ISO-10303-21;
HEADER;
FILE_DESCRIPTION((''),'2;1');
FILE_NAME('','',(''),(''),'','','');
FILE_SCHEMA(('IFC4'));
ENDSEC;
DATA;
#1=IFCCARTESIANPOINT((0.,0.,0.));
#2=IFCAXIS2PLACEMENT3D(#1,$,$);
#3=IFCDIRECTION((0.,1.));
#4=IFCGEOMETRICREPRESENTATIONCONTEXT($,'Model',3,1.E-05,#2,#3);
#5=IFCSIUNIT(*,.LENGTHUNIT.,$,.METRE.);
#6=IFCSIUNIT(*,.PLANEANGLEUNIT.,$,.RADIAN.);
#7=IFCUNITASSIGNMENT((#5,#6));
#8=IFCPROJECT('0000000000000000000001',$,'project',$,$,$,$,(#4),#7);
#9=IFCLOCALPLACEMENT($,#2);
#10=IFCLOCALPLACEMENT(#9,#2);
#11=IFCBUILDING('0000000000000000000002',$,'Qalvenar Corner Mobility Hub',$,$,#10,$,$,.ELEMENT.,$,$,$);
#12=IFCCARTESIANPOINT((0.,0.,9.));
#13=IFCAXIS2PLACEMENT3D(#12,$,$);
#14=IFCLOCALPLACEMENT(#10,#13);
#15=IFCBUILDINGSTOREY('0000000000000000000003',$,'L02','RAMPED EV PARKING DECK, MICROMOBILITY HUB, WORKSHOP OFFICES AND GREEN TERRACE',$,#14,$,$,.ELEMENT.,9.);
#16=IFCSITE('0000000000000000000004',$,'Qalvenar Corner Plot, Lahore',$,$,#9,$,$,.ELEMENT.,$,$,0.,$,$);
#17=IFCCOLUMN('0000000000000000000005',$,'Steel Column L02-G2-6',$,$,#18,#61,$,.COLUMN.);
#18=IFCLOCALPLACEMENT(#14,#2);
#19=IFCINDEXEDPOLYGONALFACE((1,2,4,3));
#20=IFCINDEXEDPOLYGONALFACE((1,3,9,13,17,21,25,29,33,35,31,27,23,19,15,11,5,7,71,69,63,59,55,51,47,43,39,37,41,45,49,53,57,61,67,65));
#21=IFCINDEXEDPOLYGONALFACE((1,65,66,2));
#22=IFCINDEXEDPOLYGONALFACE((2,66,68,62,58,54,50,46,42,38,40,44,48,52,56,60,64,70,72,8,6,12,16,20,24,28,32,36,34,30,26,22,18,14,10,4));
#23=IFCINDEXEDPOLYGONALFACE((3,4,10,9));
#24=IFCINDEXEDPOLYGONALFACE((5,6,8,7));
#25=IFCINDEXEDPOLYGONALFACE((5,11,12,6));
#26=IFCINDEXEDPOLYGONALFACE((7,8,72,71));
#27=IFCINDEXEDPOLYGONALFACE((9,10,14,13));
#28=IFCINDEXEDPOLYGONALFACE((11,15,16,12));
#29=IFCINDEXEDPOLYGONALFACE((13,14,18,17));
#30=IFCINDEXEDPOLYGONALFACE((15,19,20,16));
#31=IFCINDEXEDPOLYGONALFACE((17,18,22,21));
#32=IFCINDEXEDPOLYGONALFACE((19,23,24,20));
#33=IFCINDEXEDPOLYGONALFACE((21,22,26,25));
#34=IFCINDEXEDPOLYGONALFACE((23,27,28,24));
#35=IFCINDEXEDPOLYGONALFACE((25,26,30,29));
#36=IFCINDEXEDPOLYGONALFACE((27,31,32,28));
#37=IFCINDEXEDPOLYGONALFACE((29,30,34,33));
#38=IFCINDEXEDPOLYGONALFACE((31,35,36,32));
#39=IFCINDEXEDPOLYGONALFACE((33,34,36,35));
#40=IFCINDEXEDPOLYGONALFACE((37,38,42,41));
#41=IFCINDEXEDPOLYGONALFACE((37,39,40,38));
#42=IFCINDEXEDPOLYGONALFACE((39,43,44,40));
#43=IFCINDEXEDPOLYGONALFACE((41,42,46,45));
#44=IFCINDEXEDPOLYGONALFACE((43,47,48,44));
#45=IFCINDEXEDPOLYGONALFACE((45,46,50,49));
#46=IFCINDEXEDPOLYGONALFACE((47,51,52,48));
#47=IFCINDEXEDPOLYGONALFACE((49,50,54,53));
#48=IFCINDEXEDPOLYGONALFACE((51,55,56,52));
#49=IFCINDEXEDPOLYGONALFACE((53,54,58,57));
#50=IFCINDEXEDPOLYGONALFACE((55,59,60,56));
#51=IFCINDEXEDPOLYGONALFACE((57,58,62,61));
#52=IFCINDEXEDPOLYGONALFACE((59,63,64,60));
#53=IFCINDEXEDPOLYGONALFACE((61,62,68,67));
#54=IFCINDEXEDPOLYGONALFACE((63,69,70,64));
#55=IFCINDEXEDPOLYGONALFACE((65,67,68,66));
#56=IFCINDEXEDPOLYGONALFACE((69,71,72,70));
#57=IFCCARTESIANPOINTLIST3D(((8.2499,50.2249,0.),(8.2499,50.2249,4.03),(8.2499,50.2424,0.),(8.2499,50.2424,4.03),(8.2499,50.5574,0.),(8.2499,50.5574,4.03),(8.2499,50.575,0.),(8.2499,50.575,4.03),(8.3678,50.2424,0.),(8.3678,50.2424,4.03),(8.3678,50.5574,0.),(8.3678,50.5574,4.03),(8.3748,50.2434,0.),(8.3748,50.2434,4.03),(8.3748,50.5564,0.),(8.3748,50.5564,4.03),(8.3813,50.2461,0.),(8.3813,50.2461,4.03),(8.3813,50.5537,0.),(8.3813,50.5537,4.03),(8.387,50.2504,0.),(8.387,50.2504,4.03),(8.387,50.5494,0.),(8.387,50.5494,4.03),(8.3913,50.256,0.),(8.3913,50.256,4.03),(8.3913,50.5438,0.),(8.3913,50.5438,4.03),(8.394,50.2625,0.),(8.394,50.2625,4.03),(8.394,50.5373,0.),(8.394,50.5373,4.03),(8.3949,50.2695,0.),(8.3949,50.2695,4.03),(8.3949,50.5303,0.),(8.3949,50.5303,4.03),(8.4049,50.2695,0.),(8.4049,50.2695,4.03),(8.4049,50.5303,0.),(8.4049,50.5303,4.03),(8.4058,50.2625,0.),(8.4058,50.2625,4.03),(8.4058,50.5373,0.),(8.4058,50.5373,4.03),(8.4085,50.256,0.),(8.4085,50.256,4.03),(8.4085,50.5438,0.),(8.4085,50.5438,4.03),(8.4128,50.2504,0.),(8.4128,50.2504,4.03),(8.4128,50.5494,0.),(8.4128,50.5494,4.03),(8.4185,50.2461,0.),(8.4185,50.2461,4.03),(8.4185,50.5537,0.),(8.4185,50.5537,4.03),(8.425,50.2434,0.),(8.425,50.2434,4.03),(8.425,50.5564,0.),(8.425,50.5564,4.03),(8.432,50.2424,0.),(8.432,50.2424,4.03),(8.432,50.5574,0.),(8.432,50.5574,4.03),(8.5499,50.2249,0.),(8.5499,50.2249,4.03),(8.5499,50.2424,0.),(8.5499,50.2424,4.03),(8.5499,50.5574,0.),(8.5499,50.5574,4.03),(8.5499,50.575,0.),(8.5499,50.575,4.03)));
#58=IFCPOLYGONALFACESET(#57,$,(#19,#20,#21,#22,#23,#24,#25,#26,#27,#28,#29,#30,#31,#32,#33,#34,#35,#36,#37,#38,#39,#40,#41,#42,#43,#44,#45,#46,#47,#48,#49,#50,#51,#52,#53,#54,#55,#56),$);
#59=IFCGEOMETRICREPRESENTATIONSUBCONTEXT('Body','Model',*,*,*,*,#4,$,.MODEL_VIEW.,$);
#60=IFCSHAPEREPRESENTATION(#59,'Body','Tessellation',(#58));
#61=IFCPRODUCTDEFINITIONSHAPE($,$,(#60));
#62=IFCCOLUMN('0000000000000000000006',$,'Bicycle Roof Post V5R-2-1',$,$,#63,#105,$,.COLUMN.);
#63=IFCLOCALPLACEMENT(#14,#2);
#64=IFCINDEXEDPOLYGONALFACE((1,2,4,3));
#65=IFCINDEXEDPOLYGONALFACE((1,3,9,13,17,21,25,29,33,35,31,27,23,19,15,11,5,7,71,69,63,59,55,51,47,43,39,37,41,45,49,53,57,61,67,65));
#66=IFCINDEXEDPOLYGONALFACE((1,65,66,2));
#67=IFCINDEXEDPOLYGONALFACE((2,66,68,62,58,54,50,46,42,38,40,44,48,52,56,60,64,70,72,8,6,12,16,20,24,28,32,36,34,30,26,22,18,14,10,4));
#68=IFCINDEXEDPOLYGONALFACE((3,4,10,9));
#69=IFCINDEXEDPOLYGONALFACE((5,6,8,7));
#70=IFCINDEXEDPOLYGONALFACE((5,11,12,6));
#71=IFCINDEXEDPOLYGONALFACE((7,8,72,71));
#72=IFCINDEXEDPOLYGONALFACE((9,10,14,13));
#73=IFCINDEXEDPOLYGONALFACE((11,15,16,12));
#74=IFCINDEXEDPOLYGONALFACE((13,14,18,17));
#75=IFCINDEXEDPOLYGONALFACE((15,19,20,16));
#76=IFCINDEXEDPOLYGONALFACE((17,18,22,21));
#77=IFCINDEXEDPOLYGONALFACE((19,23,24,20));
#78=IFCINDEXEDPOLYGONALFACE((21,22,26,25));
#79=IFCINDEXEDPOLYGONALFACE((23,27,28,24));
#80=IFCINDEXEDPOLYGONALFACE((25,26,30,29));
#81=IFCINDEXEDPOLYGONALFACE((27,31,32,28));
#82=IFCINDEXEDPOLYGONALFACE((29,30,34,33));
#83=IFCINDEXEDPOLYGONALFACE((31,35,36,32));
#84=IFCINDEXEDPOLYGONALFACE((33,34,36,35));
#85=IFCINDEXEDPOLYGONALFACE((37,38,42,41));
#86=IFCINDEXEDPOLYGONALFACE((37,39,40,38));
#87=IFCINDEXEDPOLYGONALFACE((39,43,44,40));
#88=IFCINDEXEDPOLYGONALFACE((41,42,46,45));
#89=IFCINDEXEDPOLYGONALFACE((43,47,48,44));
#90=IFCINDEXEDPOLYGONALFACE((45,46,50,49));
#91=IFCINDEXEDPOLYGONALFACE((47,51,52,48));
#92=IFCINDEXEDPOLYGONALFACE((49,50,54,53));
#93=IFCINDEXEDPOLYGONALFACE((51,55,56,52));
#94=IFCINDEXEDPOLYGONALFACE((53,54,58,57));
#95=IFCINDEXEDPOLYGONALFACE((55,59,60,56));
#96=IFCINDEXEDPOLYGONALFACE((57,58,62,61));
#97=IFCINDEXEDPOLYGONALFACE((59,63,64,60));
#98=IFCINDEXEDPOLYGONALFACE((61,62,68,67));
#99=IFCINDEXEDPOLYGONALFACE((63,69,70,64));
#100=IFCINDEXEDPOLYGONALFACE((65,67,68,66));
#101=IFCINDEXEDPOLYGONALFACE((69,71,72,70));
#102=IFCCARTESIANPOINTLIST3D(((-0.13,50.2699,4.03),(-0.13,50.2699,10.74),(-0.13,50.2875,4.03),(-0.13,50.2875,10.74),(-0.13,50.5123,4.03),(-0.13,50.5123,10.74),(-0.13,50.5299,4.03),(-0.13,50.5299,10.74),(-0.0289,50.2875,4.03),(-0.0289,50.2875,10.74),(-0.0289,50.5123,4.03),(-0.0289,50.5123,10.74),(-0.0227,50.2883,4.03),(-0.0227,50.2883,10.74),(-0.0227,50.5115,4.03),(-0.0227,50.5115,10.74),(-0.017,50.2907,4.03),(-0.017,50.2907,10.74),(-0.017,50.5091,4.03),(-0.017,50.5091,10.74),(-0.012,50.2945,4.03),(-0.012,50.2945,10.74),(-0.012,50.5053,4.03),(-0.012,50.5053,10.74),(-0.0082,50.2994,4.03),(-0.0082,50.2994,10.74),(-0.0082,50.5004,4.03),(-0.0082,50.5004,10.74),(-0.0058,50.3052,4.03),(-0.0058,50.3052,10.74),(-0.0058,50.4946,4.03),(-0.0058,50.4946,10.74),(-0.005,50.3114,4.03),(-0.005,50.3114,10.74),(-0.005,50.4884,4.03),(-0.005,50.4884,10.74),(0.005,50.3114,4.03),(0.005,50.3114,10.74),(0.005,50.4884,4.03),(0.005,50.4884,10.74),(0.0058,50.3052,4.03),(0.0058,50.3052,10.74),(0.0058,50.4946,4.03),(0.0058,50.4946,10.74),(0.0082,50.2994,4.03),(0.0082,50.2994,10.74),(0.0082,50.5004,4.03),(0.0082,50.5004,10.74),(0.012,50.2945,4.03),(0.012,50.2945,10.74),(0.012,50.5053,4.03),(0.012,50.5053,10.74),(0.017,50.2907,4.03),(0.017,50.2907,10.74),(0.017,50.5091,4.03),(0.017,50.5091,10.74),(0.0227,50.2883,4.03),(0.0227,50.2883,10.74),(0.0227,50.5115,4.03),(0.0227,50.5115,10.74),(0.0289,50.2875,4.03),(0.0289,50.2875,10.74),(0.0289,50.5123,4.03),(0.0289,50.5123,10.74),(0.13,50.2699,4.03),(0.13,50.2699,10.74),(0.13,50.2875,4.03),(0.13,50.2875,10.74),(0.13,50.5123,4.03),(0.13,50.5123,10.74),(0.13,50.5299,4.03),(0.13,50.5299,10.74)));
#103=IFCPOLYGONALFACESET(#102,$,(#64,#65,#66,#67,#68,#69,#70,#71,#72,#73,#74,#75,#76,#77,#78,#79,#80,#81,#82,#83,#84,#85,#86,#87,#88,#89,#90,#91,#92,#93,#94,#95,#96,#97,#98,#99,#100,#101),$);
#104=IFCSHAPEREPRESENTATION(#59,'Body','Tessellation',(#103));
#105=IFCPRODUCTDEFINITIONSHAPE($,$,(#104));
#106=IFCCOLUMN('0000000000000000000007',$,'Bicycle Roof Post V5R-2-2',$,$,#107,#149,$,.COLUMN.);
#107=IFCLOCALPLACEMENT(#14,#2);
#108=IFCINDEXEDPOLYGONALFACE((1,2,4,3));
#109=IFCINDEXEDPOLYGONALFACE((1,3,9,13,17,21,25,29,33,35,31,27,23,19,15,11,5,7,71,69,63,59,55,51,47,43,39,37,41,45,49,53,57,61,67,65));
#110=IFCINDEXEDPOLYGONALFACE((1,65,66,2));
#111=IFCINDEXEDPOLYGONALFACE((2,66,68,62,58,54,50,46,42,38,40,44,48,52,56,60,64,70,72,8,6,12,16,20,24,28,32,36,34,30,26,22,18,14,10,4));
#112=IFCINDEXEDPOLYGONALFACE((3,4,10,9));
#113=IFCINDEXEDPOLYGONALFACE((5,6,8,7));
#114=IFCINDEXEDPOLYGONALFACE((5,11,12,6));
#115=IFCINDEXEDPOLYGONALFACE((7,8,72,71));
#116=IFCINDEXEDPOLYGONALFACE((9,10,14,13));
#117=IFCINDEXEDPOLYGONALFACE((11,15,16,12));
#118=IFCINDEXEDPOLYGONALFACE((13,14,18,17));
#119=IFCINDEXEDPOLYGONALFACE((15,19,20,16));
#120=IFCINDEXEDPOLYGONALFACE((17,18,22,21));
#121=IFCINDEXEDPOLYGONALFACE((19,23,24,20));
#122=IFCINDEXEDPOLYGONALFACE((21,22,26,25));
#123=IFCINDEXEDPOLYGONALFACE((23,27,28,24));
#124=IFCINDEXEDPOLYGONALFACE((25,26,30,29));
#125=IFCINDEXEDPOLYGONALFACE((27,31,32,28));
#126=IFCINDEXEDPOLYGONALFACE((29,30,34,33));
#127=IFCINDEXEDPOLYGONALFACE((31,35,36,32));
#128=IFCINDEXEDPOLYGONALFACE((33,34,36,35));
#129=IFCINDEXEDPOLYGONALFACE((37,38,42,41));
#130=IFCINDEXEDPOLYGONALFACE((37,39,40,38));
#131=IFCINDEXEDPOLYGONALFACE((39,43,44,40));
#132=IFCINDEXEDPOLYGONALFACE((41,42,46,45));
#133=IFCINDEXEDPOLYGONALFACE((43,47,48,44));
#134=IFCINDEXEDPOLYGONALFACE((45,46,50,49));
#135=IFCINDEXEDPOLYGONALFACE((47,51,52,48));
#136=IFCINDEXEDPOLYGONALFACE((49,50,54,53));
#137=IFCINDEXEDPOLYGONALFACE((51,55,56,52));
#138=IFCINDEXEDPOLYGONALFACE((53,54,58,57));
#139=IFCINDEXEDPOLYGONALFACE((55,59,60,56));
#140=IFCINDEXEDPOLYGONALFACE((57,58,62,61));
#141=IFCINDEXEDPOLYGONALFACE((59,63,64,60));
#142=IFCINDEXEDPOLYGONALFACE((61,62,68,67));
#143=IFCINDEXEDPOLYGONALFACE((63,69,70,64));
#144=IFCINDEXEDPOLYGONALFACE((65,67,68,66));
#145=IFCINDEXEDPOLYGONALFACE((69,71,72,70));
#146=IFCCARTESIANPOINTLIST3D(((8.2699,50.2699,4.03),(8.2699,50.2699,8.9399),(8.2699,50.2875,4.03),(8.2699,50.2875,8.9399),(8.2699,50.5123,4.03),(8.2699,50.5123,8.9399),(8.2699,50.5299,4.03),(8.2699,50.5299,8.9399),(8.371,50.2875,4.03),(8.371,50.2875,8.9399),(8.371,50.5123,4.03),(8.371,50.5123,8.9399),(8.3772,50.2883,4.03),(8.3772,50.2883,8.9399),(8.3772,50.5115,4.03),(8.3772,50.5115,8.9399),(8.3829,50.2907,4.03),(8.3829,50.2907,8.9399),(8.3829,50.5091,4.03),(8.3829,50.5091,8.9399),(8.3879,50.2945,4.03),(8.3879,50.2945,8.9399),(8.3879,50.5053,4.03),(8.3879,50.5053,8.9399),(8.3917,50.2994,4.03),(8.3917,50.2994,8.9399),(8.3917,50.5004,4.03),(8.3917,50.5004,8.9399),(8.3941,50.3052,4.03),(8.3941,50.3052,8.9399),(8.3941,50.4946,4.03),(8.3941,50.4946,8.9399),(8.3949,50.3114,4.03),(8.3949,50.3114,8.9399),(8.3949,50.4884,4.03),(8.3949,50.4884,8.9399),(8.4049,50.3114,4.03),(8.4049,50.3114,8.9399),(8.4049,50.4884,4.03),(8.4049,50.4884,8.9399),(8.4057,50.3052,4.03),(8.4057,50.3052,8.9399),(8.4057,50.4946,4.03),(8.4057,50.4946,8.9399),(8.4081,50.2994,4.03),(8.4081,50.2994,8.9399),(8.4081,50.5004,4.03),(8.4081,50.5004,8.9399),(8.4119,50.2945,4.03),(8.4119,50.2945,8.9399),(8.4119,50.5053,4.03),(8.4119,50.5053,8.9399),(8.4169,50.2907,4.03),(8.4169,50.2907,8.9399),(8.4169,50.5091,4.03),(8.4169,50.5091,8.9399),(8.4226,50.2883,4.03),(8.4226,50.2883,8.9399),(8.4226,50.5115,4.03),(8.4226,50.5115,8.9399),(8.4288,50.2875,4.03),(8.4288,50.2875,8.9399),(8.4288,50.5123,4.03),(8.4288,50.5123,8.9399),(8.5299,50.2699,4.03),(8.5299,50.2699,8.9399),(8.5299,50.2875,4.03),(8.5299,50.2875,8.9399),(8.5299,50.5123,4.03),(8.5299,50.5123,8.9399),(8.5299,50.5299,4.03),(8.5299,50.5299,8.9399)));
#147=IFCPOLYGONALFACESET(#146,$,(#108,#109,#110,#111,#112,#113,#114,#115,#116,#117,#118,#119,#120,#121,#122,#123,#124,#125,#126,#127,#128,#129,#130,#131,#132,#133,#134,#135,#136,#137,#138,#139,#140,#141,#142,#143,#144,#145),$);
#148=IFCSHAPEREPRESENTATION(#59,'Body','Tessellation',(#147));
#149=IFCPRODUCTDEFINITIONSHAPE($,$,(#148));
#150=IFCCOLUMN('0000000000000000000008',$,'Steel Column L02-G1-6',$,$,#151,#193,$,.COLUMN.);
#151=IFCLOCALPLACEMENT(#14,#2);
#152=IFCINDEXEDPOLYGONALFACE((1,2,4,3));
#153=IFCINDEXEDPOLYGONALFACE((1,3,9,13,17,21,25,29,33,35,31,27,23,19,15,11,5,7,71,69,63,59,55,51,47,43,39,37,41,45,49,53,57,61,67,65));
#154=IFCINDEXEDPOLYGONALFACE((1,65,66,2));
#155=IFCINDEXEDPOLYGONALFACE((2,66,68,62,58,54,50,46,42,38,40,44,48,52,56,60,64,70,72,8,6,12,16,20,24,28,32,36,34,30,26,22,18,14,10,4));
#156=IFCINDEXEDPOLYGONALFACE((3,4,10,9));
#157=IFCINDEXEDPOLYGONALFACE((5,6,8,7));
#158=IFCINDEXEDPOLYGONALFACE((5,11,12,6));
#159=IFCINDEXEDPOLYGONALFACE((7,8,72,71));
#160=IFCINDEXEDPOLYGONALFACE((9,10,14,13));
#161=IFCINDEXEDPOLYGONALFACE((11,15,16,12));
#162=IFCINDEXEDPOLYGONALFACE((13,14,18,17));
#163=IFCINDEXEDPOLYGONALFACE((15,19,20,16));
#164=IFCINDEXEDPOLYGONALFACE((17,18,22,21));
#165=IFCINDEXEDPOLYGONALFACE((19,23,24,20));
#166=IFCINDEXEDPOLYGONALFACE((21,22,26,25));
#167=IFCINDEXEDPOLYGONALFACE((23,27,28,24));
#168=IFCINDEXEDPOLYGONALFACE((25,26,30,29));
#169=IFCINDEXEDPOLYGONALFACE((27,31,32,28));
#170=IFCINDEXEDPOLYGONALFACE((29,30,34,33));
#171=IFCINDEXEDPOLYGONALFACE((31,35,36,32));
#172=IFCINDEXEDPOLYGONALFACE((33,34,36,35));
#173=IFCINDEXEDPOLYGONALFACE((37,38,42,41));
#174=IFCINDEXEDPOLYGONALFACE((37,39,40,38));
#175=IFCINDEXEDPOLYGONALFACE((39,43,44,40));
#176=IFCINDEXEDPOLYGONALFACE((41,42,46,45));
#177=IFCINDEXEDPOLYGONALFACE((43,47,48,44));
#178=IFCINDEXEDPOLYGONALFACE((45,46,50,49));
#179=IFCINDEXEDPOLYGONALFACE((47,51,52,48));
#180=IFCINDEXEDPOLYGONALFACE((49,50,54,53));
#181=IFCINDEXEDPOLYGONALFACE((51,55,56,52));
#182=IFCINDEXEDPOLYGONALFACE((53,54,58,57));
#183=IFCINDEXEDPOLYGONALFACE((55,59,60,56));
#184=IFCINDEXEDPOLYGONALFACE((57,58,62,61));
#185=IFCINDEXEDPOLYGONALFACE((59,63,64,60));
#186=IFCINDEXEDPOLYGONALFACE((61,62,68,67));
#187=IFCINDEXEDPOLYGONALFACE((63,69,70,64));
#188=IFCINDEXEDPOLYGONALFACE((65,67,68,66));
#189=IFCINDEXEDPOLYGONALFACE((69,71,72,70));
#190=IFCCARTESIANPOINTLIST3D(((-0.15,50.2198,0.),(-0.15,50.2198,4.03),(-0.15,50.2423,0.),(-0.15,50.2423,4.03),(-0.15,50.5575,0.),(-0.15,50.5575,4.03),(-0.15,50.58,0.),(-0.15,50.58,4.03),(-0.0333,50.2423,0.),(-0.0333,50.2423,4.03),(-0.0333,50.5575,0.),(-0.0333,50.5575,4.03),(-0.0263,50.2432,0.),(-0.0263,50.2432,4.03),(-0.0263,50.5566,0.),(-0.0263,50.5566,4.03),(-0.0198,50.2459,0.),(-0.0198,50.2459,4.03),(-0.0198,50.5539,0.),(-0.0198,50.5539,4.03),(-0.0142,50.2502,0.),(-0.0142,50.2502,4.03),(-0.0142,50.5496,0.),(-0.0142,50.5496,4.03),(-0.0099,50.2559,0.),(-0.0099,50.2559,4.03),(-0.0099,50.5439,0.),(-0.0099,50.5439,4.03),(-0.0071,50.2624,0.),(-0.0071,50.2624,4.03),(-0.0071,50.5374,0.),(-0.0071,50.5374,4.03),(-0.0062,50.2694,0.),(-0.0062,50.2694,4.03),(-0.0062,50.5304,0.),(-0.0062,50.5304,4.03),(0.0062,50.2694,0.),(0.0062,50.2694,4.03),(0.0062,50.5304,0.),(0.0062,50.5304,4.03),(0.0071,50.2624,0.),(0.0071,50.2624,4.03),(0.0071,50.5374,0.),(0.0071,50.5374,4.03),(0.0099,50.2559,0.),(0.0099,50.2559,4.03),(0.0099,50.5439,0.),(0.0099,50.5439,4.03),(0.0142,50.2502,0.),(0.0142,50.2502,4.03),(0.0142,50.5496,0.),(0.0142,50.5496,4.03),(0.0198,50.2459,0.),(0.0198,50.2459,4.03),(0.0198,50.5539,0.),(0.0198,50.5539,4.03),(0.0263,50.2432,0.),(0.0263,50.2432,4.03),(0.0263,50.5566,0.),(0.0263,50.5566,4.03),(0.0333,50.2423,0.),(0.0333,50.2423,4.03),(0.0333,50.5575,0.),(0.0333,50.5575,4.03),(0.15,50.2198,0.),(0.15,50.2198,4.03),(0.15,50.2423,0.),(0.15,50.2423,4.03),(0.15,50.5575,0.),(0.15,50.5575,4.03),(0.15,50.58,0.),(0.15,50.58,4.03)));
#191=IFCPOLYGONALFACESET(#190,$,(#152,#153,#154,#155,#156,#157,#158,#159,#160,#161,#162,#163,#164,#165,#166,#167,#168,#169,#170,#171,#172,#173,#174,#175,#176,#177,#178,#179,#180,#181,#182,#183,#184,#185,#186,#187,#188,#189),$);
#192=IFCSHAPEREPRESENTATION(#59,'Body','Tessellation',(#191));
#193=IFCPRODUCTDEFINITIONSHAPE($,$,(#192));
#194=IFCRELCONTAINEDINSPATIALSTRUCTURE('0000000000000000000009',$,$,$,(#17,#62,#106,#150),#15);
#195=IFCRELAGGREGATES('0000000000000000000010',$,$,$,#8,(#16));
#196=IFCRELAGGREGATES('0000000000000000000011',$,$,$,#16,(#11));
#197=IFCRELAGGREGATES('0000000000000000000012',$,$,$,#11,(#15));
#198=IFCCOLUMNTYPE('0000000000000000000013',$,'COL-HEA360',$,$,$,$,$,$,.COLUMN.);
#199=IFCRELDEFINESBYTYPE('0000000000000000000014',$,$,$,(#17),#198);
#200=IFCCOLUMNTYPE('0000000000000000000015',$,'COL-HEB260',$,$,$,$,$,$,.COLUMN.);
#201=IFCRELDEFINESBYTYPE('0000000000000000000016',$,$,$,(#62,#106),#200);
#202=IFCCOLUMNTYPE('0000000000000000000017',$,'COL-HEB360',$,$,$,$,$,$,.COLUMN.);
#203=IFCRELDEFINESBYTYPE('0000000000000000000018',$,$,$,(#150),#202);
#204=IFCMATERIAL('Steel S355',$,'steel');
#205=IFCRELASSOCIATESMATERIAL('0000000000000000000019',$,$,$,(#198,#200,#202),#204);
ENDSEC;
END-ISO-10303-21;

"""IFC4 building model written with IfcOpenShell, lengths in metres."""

from ifc_helpers import new_model, si_unit, direction, frame, origin, origin_2d, place, context, subcontext, project, spatial, i_section, extrude, material, material_profile, profile_set, type_object, element, save


model = new_model("IFC4")

# Units and contexts
model_context = context("Model", 3, precision=1e-05, world=origin(), true_north=direction((0.0, 1.0)))
body_context = subcontext(model_context, "Body", "Model", "MODEL_VIEW")
ifc_project = project(units=[si_unit("LENGTHUNIT", "METRE"), si_unit("PLANEANGLEUNIT", "RADIAN")], contexts=[model_context])

# Site, building, storey
site_placement = place(None, origin())
site = spatial("IfcSite", under=ifc_project, at=site_placement, Name="Qalvenar Corner Plot, Lahore", CompositionType="ELEMENT", RefElevation=0.0)
building_placement = place(site_placement, origin())
building = spatial("IfcBuilding", under=site, at=building_placement, Name="Qalvenar Corner Mobility Hub", CompositionType="ELEMENT")
storey_placement = place(building_placement, frame((0.0, 0.0, 9.0)))
storey = spatial("IfcBuildingStorey", under=building, at=storey_placement, Name="L02", Description="RAMPED EV PARKING DECK, MICROMOBILITY HUB, WORKSHOP OFFICES AND GREEN TERRACE", CompositionType="ELEMENT", Elevation=9.0)

# Columns
ifc_material_1 = material(Name="Steel S355", Category="steel")
ifc_material_profile_1 = material_profile(ifc_material_1, i_section(OverallWidth=0.3, OverallDepth=0.3501, WebThickness=0.01, FlangeThickness=0.0176, FilletRadius=0.0271, at=origin_2d()), Name="HEA360")
ifc_profile_set_1 = profile_set([ifc_material_profile_1], Name="Steel S355")
column_type_1 = type_object("IfcColumnType", Name="COL-HEA360", PredefinedType="COLUMN", material=ifc_profile_set_1)
column_1_placement = place(storey_placement, frame((8.3999, 50.3999, 0.0), z_axis=(0.0, 0.0, 1.0), x_axis=(1.0, 0.0, 0.0)))
element("IfcColumn", 1, at=column_1_placement, inside=storey, type_object=column_type_1, Name="Steel Column L02-G2-6", PredefinedType="COLUMN", context=body_context, shape_type="SweptSolid", body=[
    extrude(i_section(OverallWidth=0.3, OverallDepth=0.3501, WebThickness=0.01, FlangeThickness=0.0176, FilletRadius=0.0271, at=origin_2d()), origin(), (0.0, 0.0, 1.0), 4.03),
])
ifc_material_profile_2 = material_profile(ifc_material_1, i_section(OverallWidth=0.26, OverallDepth=0.26, WebThickness=0.01, FlangeThickness=0.0176, FilletRadius=0.0239, at=origin_2d()), Name="HEB260")
ifc_profile_set_2 = profile_set([ifc_material_profile_2], Name="Steel S355")
column_type_2 = type_object("IfcColumnType", Name="COL-HEB260", PredefinedType="COLUMN", material=ifc_profile_set_2)
column_2_placement = place(storey_placement, frame((0.0, 50.3999, 4.03), z_axis=(0.0, 0.0, 1.0), x_axis=(1.0, 0.0, 0.0)))
element("IfcColumn", 2, at=column_2_placement, inside=storey, type_object=column_type_2, Name="Bicycle Roof Post V5R-2-1", PredefinedType="COLUMN", context=body_context, shape_type="SweptSolid", body=[
    extrude(i_section(OverallWidth=0.26, OverallDepth=0.26, WebThickness=0.01, FlangeThickness=0.0176, FilletRadius=0.0239, at=origin_2d()), origin(), (0.0, 0.0, 1.0), 6.71),
])
column_3_placement = place(storey_placement, frame((8.3999, 50.3999, 4.03), z_axis=(0.0, 0.0, 1.0), x_axis=(1.0, 0.0, 0.0)))
element("IfcColumn", 3, at=column_3_placement, inside=storey, type_object=column_type_2, Name="Bicycle Roof Post V5R-2-2", PredefinedType="COLUMN", context=body_context, shape_type="SweptSolid", body=[
    extrude(i_section(OverallWidth=0.26, OverallDepth=0.26, WebThickness=0.01, FlangeThickness=0.0176, FilletRadius=0.0239, at=origin_2d()), origin(), (0.0, 0.0, 1.0), 4.9099),
])
ifc_material_profile_3 = material_profile(ifc_material_1, i_section(OverallWidth=0.3, OverallDepth=0.3601, WebThickness=0.0125, FlangeThickness=0.0225, FilletRadius=0.0271, at=origin_2d()), Name="HEB360")
ifc_profile_set_3 = profile_set([ifc_material_profile_3], Name="Steel S355")
column_type_3 = type_object("IfcColumnType", Name="COL-HEB360", PredefinedType="COLUMN", material=ifc_profile_set_3)
column_4_placement = place(storey_placement, frame((0.0, 50.3999, 0.0), z_axis=(0.0, 0.0, 1.0), x_axis=(1.0, 0.0, 0.0)))
element("IfcColumn", 4, at=column_4_placement, inside=storey, type_object=column_type_3, Name="Steel Column L02-G1-6", PredefinedType="COLUMN", context=body_context, shape_type="SweptSolid", body=[
    extrude(i_section(OverallWidth=0.3, OverallDepth=0.3601, WebThickness=0.0125, FlangeThickness=0.0225, FilletRadius=0.0271, at=origin_2d()), origin(), (0.0, 0.0, 1.0), 4.03),
])

save(model, "model.ifc")
